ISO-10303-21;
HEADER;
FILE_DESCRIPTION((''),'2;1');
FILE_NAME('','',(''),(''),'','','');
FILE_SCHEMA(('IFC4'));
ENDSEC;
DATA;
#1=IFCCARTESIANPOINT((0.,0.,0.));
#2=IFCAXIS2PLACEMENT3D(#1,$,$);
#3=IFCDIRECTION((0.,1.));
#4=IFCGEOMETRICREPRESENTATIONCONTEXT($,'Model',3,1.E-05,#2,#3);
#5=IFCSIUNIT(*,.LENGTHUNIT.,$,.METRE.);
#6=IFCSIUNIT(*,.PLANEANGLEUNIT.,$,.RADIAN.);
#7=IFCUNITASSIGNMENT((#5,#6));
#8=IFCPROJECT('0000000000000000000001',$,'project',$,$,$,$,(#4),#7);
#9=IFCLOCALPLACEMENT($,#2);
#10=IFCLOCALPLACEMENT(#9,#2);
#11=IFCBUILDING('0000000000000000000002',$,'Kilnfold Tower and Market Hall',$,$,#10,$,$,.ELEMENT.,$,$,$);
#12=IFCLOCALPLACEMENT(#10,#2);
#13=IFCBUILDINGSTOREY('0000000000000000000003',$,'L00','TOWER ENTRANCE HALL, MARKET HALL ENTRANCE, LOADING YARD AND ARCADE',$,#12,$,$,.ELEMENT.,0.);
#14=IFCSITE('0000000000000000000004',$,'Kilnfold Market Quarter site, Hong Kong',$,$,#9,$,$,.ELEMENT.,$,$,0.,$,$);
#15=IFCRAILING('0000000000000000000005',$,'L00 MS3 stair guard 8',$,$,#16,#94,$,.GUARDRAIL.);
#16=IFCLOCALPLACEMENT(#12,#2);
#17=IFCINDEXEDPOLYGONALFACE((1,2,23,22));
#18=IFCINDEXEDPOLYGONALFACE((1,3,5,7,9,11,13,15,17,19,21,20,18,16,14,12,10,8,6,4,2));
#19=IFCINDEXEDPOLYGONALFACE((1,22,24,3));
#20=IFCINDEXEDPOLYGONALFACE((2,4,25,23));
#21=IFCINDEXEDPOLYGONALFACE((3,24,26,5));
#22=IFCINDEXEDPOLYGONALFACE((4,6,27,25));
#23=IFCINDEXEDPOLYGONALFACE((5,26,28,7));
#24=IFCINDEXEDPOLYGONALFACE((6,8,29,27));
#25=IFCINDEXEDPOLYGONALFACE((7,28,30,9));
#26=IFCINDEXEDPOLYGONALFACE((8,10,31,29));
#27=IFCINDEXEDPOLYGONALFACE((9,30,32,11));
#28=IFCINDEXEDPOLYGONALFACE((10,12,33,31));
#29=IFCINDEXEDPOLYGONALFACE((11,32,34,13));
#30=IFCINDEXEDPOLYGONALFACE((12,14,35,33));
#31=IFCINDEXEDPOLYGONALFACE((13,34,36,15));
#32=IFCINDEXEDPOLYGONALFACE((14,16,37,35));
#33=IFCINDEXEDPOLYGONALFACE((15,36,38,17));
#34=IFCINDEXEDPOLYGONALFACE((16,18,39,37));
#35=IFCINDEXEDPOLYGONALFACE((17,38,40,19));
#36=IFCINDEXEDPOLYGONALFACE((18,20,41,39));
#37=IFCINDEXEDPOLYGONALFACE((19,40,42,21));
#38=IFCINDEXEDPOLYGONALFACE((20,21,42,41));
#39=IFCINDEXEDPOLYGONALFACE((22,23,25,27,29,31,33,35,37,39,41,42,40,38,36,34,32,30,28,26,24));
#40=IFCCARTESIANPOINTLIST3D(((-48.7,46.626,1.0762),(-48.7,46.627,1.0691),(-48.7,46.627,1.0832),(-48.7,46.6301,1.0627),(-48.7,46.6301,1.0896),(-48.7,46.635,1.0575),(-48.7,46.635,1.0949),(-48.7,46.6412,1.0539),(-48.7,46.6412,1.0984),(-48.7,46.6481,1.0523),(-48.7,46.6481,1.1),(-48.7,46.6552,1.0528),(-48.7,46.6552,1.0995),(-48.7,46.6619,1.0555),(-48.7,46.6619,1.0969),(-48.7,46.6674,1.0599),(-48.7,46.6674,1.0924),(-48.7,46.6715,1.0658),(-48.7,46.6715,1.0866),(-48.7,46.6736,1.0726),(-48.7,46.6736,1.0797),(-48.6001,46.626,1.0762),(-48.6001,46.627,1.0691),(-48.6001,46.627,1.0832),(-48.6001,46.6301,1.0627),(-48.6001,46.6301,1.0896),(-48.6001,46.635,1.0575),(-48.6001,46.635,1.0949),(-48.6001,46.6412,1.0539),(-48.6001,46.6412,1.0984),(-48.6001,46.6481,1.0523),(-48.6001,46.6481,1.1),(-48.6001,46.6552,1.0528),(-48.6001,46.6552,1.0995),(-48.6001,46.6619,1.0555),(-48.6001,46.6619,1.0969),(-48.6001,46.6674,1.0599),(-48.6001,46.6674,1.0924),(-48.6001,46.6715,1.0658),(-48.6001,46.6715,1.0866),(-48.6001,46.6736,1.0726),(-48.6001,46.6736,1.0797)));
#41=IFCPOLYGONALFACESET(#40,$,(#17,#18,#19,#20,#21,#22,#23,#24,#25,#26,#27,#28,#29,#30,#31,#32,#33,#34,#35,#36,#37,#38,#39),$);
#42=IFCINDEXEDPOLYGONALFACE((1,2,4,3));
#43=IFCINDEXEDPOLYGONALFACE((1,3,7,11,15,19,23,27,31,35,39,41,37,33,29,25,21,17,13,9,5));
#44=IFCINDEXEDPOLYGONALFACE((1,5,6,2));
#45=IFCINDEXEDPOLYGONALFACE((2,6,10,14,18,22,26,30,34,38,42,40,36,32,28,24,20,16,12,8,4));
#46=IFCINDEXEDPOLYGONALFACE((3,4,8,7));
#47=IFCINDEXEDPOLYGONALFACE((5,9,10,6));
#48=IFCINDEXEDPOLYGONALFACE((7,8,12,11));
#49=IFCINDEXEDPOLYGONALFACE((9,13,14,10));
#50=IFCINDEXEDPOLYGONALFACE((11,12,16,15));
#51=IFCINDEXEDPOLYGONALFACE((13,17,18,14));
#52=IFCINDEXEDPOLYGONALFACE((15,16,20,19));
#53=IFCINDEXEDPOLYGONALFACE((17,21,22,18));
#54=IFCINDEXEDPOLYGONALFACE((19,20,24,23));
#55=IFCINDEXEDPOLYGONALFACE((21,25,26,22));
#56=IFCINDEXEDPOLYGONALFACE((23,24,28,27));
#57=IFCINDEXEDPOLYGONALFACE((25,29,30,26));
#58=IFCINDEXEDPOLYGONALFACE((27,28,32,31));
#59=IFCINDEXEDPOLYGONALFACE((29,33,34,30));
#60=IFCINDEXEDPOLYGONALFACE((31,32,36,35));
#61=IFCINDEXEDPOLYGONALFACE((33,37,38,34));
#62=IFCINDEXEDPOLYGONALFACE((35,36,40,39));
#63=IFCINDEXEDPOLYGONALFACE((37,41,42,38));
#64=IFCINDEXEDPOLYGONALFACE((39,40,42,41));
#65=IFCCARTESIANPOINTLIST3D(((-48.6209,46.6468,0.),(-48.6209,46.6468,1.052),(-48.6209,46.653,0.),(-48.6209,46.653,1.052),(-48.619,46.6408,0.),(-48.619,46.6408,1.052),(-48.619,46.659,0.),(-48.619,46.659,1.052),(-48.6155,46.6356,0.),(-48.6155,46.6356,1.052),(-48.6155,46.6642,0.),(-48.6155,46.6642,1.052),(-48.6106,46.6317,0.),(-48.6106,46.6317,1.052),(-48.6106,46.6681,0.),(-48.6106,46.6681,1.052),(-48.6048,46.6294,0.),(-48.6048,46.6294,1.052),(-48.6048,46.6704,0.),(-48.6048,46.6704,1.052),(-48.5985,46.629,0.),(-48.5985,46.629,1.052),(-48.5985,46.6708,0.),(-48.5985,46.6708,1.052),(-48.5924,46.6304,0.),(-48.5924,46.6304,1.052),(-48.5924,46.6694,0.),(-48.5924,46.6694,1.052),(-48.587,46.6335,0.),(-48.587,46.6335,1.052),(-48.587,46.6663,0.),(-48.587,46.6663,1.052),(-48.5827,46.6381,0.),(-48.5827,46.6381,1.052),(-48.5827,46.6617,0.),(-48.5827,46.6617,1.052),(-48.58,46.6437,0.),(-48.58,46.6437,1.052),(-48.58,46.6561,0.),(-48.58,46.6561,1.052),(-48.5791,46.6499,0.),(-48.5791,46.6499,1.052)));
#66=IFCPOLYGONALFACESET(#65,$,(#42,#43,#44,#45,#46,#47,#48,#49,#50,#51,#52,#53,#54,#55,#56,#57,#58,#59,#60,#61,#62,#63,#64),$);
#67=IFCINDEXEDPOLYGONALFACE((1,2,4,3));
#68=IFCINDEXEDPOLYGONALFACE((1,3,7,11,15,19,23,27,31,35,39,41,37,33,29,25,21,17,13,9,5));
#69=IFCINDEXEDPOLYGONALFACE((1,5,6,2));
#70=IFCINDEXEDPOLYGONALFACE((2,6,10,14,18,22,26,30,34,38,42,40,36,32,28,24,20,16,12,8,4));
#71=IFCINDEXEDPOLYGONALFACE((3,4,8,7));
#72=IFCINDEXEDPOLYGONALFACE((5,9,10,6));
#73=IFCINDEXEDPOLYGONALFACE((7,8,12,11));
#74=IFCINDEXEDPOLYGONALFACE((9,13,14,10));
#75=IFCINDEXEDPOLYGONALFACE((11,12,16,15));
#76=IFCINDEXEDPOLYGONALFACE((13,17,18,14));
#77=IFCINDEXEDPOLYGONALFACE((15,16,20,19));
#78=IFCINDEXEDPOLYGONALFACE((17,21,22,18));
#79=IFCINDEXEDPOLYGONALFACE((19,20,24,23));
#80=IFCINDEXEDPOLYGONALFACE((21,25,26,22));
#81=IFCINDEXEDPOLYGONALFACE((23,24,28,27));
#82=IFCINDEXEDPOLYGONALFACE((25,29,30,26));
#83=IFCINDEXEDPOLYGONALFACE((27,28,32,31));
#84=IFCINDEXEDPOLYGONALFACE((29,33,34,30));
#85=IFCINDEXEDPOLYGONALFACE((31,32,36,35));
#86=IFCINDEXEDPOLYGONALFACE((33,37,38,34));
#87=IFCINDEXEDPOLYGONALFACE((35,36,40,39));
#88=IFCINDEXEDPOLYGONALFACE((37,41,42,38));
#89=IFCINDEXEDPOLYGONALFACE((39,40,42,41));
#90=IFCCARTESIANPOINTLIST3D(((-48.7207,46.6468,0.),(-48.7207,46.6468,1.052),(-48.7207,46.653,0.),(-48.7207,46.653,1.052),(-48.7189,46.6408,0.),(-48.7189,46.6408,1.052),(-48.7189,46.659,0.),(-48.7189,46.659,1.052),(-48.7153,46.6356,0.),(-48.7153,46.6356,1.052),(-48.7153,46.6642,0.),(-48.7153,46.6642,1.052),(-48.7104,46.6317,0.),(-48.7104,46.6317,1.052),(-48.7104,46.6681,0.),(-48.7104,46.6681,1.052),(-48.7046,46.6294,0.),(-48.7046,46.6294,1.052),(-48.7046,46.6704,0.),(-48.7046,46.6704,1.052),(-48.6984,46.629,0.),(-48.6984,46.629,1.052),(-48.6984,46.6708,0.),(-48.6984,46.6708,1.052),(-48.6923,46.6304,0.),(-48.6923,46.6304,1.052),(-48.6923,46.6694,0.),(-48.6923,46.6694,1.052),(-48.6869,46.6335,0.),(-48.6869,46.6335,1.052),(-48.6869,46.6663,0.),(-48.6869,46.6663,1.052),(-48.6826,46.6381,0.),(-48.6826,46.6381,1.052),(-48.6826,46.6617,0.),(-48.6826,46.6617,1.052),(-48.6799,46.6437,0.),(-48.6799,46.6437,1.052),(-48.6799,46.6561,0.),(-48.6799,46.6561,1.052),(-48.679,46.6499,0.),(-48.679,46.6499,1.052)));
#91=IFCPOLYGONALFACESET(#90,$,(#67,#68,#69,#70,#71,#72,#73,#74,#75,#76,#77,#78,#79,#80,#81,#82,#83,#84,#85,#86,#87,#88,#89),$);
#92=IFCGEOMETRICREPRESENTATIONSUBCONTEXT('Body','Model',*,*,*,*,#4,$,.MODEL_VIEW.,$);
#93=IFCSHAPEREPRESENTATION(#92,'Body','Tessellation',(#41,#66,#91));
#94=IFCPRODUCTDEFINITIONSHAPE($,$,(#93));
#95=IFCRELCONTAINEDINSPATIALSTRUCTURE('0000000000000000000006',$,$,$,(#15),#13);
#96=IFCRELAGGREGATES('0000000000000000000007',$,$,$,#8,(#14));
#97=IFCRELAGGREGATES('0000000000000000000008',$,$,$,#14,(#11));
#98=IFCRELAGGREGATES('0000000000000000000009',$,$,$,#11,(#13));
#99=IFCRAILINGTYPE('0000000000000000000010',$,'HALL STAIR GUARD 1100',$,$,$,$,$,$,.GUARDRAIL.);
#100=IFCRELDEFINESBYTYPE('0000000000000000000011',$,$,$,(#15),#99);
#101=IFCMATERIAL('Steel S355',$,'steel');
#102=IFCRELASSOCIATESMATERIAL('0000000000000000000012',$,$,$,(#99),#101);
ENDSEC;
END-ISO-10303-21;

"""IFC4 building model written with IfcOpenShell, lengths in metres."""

from ifc_helpers import new_model, si_unit, direction, frame, origin, origin_2d, place, context, subcontext, project, spatial, circle, extrude, material, type_object, element, save


model = new_model("IFC4")

# Units and contexts
model_context = context("Model", 3, precision=1e-05, world=origin(), true_north=direction((0.0, 1.0)))
body_context = subcontext(model_context, "Body", "Model", "MODEL_VIEW")
ifc_project = project(units=[si_unit("LENGTHUNIT", "METRE"), si_unit("PLANEANGLEUNIT", "RADIAN")], contexts=[model_context])

# Site, building, storey
site_placement = place(None, origin())
site = spatial("IfcSite", under=ifc_project, at=site_placement, Name="Kilnfold Market Quarter site, Hong Kong", CompositionType="ELEMENT", RefElevation=0.0)
building_placement = place(site_placement, origin())
building = spatial("IfcBuilding", under=site, at=building_placement, Name="Kilnfold Tower and Market Hall", CompositionType="ELEMENT")
storey_placement = place(building_placement, origin())
storey = spatial("IfcBuildingStorey", under=building, at=storey_placement, Name="L00", Description="TOWER ENTRANCE HALL, MARKET HALL ENTRANCE, LOADING YARD AND ARCADE", CompositionType="ELEMENT", Elevation=0.0)

# Railing
ifc_material_1 = material(Name="Steel S355", Category="steel")
railing_type_1 = type_object("IfcRailingType", Name="HALL STAIR GUARD 1100", PredefinedType="GUARDRAIL", material=ifc_material_1)
railing_1_placement = place(storey_placement, frame((-48.6001, 46.6499, 0.0)))
element("IfcRailing", 1, at=railing_1_placement, inside=storey, type_object=railing_type_1, Name="L00 MS3 stair guard 8", PredefinedType="GUARDRAIL", context=body_context, shape_type="SweptSolid", body=[
    extrude(circle(Radius=0.0239, at=origin_2d()), frame((0.0, 0.0, 1.0762), z_axis=(-1.0, 0.0, 0.0), x_axis=(0.0, -1.0, 0.0)), (0.0, 0.0, 1.0), 0.0999),
    extrude(circle(Radius=0.021, at=origin_2d()), origin(), (0.0, 0.0, 1.0), 1.052),
    extrude(circle(Radius=0.021, at=origin_2d()), frame((-0.0999, 0.0, 0.0)), (0.0, 0.0, 1.0), 1.052),
])

save(model, "model.ifc")
